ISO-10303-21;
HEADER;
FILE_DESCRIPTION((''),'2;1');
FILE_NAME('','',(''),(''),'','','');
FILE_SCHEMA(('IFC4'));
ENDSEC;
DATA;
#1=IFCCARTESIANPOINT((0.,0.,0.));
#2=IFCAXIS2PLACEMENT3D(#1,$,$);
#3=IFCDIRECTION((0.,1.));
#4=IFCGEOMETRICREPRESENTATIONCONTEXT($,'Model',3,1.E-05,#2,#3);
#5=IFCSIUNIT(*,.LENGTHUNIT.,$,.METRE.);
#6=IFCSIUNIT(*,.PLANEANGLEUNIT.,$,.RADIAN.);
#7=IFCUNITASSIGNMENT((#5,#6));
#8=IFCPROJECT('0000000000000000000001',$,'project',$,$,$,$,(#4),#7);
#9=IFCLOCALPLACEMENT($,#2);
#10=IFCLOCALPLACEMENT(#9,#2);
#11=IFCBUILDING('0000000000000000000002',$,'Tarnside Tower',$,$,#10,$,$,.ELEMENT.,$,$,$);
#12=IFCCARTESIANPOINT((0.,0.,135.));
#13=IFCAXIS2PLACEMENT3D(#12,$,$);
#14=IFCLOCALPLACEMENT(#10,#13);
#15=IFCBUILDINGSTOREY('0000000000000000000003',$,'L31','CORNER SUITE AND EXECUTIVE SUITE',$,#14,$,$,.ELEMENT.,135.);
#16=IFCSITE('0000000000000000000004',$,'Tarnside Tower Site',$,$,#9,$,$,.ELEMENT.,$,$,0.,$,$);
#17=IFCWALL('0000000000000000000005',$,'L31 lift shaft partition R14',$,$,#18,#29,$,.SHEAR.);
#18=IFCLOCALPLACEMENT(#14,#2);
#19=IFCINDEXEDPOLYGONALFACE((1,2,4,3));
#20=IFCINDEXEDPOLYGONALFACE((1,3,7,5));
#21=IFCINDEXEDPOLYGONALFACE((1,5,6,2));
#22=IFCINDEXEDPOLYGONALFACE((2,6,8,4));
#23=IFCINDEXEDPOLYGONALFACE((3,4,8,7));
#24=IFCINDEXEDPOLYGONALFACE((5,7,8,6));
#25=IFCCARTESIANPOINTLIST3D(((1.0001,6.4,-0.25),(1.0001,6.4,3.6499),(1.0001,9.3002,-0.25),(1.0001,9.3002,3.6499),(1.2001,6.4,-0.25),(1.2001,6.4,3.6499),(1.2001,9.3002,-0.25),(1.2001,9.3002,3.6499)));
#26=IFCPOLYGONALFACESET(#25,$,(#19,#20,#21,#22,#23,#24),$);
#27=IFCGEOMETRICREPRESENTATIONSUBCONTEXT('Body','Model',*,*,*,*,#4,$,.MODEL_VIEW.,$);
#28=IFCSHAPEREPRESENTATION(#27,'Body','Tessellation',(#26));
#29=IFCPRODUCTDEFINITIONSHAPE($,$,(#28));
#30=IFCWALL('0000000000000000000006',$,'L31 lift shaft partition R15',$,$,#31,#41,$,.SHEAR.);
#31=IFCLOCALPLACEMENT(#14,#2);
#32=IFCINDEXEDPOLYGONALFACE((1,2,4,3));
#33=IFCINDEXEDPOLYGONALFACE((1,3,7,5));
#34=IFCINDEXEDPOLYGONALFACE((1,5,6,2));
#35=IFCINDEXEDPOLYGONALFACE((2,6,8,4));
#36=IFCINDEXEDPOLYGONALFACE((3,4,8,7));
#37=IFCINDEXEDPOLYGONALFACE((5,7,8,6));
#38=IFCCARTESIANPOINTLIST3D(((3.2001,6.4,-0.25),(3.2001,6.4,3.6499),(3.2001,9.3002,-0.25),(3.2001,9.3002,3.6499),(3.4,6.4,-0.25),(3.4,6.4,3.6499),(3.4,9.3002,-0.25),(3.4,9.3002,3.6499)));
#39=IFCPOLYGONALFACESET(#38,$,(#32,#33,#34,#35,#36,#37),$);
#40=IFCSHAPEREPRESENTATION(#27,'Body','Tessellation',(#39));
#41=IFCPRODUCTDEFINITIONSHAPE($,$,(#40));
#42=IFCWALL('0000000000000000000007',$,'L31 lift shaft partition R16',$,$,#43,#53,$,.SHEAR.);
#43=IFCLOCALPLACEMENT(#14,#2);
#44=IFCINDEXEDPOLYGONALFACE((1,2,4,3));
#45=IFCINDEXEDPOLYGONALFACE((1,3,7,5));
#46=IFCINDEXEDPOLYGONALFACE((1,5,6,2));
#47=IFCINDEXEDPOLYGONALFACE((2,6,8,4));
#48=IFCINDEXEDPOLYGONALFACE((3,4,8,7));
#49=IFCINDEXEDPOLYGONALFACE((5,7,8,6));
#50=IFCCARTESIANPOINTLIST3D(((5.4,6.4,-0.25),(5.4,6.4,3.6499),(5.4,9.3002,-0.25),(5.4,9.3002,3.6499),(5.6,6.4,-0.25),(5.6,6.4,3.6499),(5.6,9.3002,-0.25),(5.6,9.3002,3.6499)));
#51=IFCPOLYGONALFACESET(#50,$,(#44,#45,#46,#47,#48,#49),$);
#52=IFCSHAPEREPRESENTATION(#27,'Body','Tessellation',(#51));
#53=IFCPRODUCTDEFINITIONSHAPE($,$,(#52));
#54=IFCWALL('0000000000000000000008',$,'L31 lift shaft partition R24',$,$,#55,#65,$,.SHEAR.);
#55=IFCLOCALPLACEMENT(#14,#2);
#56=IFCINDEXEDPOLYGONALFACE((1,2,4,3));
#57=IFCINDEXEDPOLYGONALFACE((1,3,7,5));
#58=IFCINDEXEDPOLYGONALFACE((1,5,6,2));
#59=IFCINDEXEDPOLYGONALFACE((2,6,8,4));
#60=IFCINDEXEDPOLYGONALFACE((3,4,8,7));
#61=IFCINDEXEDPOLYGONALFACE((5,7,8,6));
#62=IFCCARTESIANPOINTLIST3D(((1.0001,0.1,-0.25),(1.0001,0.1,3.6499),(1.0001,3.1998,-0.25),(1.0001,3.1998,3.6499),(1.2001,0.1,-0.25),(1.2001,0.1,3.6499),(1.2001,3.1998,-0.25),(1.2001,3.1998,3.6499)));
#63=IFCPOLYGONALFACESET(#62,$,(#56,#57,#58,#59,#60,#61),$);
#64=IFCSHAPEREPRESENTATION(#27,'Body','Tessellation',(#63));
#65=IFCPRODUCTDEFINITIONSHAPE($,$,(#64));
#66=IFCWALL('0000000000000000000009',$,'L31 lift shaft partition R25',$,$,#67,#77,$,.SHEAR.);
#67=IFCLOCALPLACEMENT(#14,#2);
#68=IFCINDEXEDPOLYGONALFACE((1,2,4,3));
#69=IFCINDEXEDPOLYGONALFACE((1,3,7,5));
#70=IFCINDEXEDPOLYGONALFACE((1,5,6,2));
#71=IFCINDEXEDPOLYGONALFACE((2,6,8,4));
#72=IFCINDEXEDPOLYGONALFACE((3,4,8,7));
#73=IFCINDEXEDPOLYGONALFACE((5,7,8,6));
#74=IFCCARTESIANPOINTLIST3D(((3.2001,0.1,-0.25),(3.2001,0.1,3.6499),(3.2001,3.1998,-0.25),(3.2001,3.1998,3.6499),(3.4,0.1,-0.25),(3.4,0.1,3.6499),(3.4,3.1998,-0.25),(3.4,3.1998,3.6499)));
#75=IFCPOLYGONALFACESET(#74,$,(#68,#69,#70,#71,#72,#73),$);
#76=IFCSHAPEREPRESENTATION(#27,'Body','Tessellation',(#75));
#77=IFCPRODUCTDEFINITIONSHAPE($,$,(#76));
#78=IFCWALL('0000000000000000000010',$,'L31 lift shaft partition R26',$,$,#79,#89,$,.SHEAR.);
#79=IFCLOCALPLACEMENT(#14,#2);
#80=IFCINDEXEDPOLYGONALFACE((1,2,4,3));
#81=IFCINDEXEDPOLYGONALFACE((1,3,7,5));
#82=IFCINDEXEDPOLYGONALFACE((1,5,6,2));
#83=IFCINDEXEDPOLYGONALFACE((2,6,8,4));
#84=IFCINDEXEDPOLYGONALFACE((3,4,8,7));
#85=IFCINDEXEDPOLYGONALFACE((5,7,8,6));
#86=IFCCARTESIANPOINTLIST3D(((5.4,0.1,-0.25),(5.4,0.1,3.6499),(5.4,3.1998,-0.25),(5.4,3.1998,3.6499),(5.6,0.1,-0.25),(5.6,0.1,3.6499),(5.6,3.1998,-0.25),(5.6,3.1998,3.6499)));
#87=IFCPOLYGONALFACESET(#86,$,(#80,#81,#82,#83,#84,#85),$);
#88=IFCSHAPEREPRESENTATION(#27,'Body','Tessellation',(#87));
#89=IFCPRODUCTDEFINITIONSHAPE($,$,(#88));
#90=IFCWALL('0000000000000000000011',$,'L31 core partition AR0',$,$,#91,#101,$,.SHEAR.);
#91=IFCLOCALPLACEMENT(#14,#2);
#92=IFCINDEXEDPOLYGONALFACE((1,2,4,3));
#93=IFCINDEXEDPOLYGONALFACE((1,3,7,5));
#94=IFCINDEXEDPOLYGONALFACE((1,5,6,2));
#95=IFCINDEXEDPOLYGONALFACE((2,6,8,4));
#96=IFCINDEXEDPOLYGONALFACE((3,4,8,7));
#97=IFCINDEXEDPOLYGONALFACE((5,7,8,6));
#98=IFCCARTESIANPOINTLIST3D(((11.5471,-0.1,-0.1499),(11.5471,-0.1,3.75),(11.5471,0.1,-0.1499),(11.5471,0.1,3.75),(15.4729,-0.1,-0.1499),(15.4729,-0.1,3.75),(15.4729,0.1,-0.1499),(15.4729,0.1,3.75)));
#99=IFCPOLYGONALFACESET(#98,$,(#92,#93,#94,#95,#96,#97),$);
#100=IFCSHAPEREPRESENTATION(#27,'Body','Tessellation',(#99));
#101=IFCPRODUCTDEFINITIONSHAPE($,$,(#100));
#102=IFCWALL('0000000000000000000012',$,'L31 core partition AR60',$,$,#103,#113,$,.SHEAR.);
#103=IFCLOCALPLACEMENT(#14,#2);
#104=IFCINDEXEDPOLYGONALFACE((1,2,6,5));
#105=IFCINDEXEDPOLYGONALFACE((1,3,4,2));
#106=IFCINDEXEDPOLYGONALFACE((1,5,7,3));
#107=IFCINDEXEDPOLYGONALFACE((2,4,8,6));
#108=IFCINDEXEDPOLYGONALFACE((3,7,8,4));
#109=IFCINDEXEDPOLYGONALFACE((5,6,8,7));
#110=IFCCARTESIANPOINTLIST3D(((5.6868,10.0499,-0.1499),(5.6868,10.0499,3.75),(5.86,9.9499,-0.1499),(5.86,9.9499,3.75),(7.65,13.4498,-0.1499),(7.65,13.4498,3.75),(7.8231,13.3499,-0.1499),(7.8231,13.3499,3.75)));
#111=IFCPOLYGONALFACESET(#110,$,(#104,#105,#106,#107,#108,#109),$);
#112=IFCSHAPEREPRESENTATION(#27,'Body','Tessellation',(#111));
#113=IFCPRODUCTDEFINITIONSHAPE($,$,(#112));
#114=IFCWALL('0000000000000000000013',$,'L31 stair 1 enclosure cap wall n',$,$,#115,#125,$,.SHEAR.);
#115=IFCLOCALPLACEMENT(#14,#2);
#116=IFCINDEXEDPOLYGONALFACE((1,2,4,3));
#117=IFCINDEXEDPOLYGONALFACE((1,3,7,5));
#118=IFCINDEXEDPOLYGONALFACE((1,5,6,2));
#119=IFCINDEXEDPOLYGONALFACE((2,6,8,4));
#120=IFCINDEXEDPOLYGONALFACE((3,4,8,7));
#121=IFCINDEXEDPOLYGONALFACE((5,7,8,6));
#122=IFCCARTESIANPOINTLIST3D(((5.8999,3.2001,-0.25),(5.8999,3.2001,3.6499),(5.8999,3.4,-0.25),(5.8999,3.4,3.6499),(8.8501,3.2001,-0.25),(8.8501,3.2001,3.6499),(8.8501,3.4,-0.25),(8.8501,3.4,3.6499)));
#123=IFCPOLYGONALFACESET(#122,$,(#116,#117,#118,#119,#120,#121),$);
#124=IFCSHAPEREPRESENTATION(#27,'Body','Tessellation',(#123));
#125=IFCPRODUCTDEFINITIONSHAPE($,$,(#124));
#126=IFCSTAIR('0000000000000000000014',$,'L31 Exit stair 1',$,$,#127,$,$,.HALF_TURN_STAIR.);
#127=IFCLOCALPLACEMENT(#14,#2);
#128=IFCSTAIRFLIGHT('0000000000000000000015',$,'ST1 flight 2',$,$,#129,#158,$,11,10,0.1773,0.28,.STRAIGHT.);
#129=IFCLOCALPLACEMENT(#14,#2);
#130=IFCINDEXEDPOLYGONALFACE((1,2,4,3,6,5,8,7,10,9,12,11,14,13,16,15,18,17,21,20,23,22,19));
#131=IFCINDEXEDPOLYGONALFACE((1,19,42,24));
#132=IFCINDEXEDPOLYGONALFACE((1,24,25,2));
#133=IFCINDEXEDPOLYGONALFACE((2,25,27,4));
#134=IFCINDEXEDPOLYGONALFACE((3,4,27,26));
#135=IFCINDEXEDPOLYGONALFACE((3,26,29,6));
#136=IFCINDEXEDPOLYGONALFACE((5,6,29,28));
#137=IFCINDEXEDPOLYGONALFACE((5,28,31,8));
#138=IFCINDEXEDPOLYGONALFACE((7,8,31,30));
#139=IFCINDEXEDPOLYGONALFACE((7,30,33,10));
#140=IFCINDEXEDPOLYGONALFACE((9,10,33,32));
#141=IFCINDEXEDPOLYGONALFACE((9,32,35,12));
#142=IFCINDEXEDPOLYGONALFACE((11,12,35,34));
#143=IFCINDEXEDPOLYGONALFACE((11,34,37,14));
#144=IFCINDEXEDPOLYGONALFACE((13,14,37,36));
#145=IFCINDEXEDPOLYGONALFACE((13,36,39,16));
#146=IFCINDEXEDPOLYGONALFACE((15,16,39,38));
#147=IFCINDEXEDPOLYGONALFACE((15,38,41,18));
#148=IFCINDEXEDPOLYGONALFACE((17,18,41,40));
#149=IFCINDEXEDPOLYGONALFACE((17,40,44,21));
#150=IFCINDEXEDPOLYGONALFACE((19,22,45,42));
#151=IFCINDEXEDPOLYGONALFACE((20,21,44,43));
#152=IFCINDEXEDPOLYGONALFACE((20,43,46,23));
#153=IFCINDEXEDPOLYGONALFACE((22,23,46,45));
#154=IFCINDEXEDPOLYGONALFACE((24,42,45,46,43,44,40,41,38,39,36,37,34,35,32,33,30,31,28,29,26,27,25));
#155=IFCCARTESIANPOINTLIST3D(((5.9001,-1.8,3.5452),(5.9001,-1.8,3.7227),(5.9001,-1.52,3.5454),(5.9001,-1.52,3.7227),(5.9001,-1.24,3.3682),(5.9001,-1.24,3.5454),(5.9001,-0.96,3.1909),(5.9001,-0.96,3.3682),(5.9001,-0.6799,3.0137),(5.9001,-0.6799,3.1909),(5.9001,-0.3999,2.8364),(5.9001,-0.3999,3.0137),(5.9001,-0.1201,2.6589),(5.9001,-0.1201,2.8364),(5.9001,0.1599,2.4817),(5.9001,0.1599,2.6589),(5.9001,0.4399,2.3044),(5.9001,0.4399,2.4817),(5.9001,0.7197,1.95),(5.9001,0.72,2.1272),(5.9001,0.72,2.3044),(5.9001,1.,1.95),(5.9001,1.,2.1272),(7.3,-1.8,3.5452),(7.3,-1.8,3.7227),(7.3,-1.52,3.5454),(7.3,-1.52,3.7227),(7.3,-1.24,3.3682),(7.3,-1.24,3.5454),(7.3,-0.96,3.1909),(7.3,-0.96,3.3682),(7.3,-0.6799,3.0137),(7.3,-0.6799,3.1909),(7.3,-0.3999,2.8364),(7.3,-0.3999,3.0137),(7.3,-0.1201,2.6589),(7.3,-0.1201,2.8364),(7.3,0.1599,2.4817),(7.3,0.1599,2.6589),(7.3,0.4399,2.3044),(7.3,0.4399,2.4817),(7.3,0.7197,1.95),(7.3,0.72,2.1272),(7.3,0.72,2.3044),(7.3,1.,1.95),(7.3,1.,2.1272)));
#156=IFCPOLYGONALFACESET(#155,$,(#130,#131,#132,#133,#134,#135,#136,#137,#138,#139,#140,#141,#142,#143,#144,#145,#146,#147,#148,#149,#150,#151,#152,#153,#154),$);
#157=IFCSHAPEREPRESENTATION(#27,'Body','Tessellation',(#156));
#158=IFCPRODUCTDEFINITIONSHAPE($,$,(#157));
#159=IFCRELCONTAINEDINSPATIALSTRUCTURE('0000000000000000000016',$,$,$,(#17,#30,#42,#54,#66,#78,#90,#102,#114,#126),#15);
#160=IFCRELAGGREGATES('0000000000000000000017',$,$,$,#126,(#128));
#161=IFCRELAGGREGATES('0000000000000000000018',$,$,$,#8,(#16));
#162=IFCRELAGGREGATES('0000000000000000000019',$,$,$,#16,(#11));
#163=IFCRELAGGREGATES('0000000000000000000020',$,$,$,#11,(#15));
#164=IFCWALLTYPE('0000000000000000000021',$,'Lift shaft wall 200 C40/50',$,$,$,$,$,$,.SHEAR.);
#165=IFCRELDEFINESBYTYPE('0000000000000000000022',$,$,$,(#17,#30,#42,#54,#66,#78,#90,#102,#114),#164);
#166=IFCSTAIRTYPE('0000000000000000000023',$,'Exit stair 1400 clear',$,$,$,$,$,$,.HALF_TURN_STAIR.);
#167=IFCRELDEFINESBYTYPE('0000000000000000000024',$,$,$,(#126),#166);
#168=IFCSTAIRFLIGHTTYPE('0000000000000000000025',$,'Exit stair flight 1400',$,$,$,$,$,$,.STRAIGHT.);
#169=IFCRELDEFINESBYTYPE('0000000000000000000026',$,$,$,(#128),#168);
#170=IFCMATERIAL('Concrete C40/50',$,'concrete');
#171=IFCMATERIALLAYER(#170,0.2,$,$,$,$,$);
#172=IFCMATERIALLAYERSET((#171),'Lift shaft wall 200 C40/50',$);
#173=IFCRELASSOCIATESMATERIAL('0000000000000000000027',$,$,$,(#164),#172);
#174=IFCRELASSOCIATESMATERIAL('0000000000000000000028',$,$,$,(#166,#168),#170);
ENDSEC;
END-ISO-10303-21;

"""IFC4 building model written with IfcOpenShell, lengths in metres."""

from ifc_helpers import new_model, si_unit, direction, frame, frame_2d, origin, place, context, subcontext, project, spatial, polyline, rectangle, outline, extrude, material, layer, layer_set, type_object, element, aggregate, save


model = new_model("IFC4")

# Units and contexts
model_context = context("Model", 3, precision=1e-05, world=origin(), true_north=direction((0.0, 1.0)))
body_context = subcontext(model_context, "Body", "Model", "MODEL_VIEW")
ifc_project = project(units=[si_unit("LENGTHUNIT", "METRE"), si_unit("PLANEANGLEUNIT", "RADIAN")], contexts=[model_context])

# Site, building, storey
site_placement = place(None, origin())
site = spatial("IfcSite", under=ifc_project, at=site_placement, Name="Tarnside Tower Site", CompositionType="ELEMENT", RefElevation=0.0)
building_placement = place(site_placement, origin())
building = spatial("IfcBuilding", under=site, at=building_placement, Name="Tarnside Tower", CompositionType="ELEMENT")
storey_placement = place(building_placement, frame((0.0, 0.0, 135.0)))
storey = spatial("IfcBuildingStorey", under=building, at=storey_placement, Name="L31", Description="CORNER SUITE AND EXECUTIVE SUITE", CompositionType="ELEMENT", Elevation=135.0)

# Shared definitions
ifc_material_1 = material(Name="Concrete C40/50", Category="concrete")

# Walls
ifc_layer_1 = layer(ifc_material_1, 0.2)
ifc_layer_set_1 = layer_set([ifc_layer_1], Name="Lift shaft wall 200 C40/50")
wall_type_1 = type_object("IfcWallType", Name="Lift shaft wall 200 C40/50", PredefinedType="SHEAR", material=ifc_layer_set_1)
for number, where, z_axis, x_axis, name in (
    (1, (1.1001, 6.3999, -0.25), (0.0, 0.0, 1.0), (0.0, 1.0, 0.0), "L31 lift shaft partition R14"),
    (2, (3.3, 6.3999, -0.25), (0.0, 0.0, 1.0), (0.0, 1.0, 0.0), "L31 lift shaft partition R15"),
    (3, (5.5, 6.3999, -0.25), (0.0, 0.0, 1.0), (0.0, 1.0, 0.0), "L31 lift shaft partition R16"),
):
    element("IfcWall", number, at=place(storey_placement, frame(where, z_axis=z_axis, x_axis=x_axis)), inside=storey, type_object=wall_type_1, Name=name, PredefinedType="SHEAR", context=body_context, shape_type="SweptSolid", body=[
        extrude(rectangle(XDim=2.9001, YDim=0.2, at=frame_2d((1.4502, 0.0))), origin(), (0.0, 0.0, 1.0), 3.8999),
    ])
for number, where, z_axis, x_axis, name in (
    (4, (1.1001, 0.1001, -0.25), (0.0, 0.0, 1.0), (0.0, 1.0, 0.0), "L31 lift shaft partition R24"),
    (5, (3.3, 0.1001, -0.25), (0.0, 0.0, 1.0), (0.0, 1.0, 0.0), "L31 lift shaft partition R25"),
    (6, (5.5, 0.1001, -0.25), (0.0, 0.0, 1.0), (0.0, 1.0, 0.0), "L31 lift shaft partition R26"),
):
    element("IfcWall", number, at=place(storey_placement, frame(where, z_axis=z_axis, x_axis=x_axis)), inside=storey, type_object=wall_type_1, Name=name, PredefinedType="SHEAR", context=body_context, shape_type="SweptSolid", body=[
        extrude(rectangle(XDim=3.0999, YDim=0.2, at=frame_2d((1.5498, 0.0))), origin(), (0.0, 0.0, 1.0), 3.8999),
    ])
wall_1_placement = place(storey_placement, frame((11.5471, 0.0, -0.1499), z_axis=(0.0, 0.0, 1.0), x_axis=(1.0, 0.0, 0.0)))
element("IfcWall", 7, at=wall_1_placement, inside=storey, type_object=wall_type_1, Name="L31 core partition AR0", PredefinedType="SHEAR", context=body_context, shape_type="SweptSolid", body=[
    extrude(rectangle(XDim=3.9258, YDim=0.2, at=frame_2d((1.9629, 0.0))), origin(), (0.0, 0.0, 1.0), 3.8999),
])
wall_2_placement = place(storey_placement, frame((5.7734, 10.0, -0.1499), z_axis=(0.0, 0.0, 1.0), x_axis=(0.500038, 0.866003, 0.0)))
element("IfcWall", 8, at=wall_2_placement, inside=storey, type_object=wall_type_1, Name="L31 core partition AR60", PredefinedType="SHEAR", context=body_context, shape_type="SweptSolid", body=[
    extrude(rectangle(XDim=3.926, YDim=0.2, at=frame_2d((1.9629, 0.0))), origin(), (0.0, 0.0, 1.0), 3.8999),
])
wall_3_placement = place(storey_placement, frame((5.8999, 3.3, -0.25), z_axis=(0.0, 0.0, 1.0), x_axis=(1.0, 0.0, 0.0)))
element("IfcWall", 9, at=wall_3_placement, inside=storey, type_object=wall_type_1, Name="L31 stair 1 enclosure cap wall n", PredefinedType="SHEAR", context=body_context, shape_type="SweptSolid", body=[
    extrude(rectangle(XDim=2.9502, YDim=0.2, at=frame_2d((1.4751, 0.0))), origin(), (0.0, 0.0, 1.0), 3.8999),
])

# Stair, stair flight
stair_type = type_object("IfcStairType", Name="Exit stair 1400 clear", PredefinedType="HALF_TURN_STAIR", material=ifc_material_1)
stair_placement = place(storey_placement, origin())
stair = element("IfcStair", 10, at=stair_placement, inside=storey, type_object=stair_type, Name="L31 Exit stair 1", PredefinedType="HALF_TURN_STAIR")
stair_flight_type = type_object("IfcStairFlightType", Name="Exit stair flight 1400", PredefinedType="STRAIGHT", material=ifc_material_1)
stair_flight_placement = place(storey_placement, frame((6.6001, 1.0, 1.95), z_axis=(0.0, 0.0, 1.0), x_axis=(0.0, -1.0, 0.0)))
stair_flight = element("IfcStairFlight", 11, at=stair_flight_placement, type_object=stair_flight_type, Name="ST1 flight 2", NumberOfRisers=11, NumberOfTreads=10, PredefinedType="STRAIGHT", RiserHeight=0.1773, TreadLength=0.28, context=body_context, shape_type="SweptSolid", body=[
    extrude(outline(polyline([(0.0, 0.0), (0.0, 0.1772), (0.28, 0.1772), (0.28, 0.3545), (0.5601, 0.3545), (0.5601, 0.5317), (0.8401, 0.5317), (0.8401, 0.709), (1.1201, 0.709), (1.1201, 0.8865), (1.3999, 0.8865), (1.3999, 1.0637), (1.6799, 1.0637), (1.6799, 1.241), (1.96, 1.241), (1.96, 1.4182), (2.24, 1.4182), (2.24, 1.5955), (2.52, 1.5955), (2.52, 1.7727), (2.8, 1.7727), (2.8, 1.95), (2.8, 1.5952), (0.2803, 0.0), (0.0, 0.0)])), frame((0.0, 0.7, 0.0), z_axis=(0.0, -1.0, 0.0), x_axis=(1.0, 0.0, 0.0)), (0.0, 0.0, 1.0), 1.3999),
])
aggregate(stair, [stair_flight])

save(model, "model.ifc")
